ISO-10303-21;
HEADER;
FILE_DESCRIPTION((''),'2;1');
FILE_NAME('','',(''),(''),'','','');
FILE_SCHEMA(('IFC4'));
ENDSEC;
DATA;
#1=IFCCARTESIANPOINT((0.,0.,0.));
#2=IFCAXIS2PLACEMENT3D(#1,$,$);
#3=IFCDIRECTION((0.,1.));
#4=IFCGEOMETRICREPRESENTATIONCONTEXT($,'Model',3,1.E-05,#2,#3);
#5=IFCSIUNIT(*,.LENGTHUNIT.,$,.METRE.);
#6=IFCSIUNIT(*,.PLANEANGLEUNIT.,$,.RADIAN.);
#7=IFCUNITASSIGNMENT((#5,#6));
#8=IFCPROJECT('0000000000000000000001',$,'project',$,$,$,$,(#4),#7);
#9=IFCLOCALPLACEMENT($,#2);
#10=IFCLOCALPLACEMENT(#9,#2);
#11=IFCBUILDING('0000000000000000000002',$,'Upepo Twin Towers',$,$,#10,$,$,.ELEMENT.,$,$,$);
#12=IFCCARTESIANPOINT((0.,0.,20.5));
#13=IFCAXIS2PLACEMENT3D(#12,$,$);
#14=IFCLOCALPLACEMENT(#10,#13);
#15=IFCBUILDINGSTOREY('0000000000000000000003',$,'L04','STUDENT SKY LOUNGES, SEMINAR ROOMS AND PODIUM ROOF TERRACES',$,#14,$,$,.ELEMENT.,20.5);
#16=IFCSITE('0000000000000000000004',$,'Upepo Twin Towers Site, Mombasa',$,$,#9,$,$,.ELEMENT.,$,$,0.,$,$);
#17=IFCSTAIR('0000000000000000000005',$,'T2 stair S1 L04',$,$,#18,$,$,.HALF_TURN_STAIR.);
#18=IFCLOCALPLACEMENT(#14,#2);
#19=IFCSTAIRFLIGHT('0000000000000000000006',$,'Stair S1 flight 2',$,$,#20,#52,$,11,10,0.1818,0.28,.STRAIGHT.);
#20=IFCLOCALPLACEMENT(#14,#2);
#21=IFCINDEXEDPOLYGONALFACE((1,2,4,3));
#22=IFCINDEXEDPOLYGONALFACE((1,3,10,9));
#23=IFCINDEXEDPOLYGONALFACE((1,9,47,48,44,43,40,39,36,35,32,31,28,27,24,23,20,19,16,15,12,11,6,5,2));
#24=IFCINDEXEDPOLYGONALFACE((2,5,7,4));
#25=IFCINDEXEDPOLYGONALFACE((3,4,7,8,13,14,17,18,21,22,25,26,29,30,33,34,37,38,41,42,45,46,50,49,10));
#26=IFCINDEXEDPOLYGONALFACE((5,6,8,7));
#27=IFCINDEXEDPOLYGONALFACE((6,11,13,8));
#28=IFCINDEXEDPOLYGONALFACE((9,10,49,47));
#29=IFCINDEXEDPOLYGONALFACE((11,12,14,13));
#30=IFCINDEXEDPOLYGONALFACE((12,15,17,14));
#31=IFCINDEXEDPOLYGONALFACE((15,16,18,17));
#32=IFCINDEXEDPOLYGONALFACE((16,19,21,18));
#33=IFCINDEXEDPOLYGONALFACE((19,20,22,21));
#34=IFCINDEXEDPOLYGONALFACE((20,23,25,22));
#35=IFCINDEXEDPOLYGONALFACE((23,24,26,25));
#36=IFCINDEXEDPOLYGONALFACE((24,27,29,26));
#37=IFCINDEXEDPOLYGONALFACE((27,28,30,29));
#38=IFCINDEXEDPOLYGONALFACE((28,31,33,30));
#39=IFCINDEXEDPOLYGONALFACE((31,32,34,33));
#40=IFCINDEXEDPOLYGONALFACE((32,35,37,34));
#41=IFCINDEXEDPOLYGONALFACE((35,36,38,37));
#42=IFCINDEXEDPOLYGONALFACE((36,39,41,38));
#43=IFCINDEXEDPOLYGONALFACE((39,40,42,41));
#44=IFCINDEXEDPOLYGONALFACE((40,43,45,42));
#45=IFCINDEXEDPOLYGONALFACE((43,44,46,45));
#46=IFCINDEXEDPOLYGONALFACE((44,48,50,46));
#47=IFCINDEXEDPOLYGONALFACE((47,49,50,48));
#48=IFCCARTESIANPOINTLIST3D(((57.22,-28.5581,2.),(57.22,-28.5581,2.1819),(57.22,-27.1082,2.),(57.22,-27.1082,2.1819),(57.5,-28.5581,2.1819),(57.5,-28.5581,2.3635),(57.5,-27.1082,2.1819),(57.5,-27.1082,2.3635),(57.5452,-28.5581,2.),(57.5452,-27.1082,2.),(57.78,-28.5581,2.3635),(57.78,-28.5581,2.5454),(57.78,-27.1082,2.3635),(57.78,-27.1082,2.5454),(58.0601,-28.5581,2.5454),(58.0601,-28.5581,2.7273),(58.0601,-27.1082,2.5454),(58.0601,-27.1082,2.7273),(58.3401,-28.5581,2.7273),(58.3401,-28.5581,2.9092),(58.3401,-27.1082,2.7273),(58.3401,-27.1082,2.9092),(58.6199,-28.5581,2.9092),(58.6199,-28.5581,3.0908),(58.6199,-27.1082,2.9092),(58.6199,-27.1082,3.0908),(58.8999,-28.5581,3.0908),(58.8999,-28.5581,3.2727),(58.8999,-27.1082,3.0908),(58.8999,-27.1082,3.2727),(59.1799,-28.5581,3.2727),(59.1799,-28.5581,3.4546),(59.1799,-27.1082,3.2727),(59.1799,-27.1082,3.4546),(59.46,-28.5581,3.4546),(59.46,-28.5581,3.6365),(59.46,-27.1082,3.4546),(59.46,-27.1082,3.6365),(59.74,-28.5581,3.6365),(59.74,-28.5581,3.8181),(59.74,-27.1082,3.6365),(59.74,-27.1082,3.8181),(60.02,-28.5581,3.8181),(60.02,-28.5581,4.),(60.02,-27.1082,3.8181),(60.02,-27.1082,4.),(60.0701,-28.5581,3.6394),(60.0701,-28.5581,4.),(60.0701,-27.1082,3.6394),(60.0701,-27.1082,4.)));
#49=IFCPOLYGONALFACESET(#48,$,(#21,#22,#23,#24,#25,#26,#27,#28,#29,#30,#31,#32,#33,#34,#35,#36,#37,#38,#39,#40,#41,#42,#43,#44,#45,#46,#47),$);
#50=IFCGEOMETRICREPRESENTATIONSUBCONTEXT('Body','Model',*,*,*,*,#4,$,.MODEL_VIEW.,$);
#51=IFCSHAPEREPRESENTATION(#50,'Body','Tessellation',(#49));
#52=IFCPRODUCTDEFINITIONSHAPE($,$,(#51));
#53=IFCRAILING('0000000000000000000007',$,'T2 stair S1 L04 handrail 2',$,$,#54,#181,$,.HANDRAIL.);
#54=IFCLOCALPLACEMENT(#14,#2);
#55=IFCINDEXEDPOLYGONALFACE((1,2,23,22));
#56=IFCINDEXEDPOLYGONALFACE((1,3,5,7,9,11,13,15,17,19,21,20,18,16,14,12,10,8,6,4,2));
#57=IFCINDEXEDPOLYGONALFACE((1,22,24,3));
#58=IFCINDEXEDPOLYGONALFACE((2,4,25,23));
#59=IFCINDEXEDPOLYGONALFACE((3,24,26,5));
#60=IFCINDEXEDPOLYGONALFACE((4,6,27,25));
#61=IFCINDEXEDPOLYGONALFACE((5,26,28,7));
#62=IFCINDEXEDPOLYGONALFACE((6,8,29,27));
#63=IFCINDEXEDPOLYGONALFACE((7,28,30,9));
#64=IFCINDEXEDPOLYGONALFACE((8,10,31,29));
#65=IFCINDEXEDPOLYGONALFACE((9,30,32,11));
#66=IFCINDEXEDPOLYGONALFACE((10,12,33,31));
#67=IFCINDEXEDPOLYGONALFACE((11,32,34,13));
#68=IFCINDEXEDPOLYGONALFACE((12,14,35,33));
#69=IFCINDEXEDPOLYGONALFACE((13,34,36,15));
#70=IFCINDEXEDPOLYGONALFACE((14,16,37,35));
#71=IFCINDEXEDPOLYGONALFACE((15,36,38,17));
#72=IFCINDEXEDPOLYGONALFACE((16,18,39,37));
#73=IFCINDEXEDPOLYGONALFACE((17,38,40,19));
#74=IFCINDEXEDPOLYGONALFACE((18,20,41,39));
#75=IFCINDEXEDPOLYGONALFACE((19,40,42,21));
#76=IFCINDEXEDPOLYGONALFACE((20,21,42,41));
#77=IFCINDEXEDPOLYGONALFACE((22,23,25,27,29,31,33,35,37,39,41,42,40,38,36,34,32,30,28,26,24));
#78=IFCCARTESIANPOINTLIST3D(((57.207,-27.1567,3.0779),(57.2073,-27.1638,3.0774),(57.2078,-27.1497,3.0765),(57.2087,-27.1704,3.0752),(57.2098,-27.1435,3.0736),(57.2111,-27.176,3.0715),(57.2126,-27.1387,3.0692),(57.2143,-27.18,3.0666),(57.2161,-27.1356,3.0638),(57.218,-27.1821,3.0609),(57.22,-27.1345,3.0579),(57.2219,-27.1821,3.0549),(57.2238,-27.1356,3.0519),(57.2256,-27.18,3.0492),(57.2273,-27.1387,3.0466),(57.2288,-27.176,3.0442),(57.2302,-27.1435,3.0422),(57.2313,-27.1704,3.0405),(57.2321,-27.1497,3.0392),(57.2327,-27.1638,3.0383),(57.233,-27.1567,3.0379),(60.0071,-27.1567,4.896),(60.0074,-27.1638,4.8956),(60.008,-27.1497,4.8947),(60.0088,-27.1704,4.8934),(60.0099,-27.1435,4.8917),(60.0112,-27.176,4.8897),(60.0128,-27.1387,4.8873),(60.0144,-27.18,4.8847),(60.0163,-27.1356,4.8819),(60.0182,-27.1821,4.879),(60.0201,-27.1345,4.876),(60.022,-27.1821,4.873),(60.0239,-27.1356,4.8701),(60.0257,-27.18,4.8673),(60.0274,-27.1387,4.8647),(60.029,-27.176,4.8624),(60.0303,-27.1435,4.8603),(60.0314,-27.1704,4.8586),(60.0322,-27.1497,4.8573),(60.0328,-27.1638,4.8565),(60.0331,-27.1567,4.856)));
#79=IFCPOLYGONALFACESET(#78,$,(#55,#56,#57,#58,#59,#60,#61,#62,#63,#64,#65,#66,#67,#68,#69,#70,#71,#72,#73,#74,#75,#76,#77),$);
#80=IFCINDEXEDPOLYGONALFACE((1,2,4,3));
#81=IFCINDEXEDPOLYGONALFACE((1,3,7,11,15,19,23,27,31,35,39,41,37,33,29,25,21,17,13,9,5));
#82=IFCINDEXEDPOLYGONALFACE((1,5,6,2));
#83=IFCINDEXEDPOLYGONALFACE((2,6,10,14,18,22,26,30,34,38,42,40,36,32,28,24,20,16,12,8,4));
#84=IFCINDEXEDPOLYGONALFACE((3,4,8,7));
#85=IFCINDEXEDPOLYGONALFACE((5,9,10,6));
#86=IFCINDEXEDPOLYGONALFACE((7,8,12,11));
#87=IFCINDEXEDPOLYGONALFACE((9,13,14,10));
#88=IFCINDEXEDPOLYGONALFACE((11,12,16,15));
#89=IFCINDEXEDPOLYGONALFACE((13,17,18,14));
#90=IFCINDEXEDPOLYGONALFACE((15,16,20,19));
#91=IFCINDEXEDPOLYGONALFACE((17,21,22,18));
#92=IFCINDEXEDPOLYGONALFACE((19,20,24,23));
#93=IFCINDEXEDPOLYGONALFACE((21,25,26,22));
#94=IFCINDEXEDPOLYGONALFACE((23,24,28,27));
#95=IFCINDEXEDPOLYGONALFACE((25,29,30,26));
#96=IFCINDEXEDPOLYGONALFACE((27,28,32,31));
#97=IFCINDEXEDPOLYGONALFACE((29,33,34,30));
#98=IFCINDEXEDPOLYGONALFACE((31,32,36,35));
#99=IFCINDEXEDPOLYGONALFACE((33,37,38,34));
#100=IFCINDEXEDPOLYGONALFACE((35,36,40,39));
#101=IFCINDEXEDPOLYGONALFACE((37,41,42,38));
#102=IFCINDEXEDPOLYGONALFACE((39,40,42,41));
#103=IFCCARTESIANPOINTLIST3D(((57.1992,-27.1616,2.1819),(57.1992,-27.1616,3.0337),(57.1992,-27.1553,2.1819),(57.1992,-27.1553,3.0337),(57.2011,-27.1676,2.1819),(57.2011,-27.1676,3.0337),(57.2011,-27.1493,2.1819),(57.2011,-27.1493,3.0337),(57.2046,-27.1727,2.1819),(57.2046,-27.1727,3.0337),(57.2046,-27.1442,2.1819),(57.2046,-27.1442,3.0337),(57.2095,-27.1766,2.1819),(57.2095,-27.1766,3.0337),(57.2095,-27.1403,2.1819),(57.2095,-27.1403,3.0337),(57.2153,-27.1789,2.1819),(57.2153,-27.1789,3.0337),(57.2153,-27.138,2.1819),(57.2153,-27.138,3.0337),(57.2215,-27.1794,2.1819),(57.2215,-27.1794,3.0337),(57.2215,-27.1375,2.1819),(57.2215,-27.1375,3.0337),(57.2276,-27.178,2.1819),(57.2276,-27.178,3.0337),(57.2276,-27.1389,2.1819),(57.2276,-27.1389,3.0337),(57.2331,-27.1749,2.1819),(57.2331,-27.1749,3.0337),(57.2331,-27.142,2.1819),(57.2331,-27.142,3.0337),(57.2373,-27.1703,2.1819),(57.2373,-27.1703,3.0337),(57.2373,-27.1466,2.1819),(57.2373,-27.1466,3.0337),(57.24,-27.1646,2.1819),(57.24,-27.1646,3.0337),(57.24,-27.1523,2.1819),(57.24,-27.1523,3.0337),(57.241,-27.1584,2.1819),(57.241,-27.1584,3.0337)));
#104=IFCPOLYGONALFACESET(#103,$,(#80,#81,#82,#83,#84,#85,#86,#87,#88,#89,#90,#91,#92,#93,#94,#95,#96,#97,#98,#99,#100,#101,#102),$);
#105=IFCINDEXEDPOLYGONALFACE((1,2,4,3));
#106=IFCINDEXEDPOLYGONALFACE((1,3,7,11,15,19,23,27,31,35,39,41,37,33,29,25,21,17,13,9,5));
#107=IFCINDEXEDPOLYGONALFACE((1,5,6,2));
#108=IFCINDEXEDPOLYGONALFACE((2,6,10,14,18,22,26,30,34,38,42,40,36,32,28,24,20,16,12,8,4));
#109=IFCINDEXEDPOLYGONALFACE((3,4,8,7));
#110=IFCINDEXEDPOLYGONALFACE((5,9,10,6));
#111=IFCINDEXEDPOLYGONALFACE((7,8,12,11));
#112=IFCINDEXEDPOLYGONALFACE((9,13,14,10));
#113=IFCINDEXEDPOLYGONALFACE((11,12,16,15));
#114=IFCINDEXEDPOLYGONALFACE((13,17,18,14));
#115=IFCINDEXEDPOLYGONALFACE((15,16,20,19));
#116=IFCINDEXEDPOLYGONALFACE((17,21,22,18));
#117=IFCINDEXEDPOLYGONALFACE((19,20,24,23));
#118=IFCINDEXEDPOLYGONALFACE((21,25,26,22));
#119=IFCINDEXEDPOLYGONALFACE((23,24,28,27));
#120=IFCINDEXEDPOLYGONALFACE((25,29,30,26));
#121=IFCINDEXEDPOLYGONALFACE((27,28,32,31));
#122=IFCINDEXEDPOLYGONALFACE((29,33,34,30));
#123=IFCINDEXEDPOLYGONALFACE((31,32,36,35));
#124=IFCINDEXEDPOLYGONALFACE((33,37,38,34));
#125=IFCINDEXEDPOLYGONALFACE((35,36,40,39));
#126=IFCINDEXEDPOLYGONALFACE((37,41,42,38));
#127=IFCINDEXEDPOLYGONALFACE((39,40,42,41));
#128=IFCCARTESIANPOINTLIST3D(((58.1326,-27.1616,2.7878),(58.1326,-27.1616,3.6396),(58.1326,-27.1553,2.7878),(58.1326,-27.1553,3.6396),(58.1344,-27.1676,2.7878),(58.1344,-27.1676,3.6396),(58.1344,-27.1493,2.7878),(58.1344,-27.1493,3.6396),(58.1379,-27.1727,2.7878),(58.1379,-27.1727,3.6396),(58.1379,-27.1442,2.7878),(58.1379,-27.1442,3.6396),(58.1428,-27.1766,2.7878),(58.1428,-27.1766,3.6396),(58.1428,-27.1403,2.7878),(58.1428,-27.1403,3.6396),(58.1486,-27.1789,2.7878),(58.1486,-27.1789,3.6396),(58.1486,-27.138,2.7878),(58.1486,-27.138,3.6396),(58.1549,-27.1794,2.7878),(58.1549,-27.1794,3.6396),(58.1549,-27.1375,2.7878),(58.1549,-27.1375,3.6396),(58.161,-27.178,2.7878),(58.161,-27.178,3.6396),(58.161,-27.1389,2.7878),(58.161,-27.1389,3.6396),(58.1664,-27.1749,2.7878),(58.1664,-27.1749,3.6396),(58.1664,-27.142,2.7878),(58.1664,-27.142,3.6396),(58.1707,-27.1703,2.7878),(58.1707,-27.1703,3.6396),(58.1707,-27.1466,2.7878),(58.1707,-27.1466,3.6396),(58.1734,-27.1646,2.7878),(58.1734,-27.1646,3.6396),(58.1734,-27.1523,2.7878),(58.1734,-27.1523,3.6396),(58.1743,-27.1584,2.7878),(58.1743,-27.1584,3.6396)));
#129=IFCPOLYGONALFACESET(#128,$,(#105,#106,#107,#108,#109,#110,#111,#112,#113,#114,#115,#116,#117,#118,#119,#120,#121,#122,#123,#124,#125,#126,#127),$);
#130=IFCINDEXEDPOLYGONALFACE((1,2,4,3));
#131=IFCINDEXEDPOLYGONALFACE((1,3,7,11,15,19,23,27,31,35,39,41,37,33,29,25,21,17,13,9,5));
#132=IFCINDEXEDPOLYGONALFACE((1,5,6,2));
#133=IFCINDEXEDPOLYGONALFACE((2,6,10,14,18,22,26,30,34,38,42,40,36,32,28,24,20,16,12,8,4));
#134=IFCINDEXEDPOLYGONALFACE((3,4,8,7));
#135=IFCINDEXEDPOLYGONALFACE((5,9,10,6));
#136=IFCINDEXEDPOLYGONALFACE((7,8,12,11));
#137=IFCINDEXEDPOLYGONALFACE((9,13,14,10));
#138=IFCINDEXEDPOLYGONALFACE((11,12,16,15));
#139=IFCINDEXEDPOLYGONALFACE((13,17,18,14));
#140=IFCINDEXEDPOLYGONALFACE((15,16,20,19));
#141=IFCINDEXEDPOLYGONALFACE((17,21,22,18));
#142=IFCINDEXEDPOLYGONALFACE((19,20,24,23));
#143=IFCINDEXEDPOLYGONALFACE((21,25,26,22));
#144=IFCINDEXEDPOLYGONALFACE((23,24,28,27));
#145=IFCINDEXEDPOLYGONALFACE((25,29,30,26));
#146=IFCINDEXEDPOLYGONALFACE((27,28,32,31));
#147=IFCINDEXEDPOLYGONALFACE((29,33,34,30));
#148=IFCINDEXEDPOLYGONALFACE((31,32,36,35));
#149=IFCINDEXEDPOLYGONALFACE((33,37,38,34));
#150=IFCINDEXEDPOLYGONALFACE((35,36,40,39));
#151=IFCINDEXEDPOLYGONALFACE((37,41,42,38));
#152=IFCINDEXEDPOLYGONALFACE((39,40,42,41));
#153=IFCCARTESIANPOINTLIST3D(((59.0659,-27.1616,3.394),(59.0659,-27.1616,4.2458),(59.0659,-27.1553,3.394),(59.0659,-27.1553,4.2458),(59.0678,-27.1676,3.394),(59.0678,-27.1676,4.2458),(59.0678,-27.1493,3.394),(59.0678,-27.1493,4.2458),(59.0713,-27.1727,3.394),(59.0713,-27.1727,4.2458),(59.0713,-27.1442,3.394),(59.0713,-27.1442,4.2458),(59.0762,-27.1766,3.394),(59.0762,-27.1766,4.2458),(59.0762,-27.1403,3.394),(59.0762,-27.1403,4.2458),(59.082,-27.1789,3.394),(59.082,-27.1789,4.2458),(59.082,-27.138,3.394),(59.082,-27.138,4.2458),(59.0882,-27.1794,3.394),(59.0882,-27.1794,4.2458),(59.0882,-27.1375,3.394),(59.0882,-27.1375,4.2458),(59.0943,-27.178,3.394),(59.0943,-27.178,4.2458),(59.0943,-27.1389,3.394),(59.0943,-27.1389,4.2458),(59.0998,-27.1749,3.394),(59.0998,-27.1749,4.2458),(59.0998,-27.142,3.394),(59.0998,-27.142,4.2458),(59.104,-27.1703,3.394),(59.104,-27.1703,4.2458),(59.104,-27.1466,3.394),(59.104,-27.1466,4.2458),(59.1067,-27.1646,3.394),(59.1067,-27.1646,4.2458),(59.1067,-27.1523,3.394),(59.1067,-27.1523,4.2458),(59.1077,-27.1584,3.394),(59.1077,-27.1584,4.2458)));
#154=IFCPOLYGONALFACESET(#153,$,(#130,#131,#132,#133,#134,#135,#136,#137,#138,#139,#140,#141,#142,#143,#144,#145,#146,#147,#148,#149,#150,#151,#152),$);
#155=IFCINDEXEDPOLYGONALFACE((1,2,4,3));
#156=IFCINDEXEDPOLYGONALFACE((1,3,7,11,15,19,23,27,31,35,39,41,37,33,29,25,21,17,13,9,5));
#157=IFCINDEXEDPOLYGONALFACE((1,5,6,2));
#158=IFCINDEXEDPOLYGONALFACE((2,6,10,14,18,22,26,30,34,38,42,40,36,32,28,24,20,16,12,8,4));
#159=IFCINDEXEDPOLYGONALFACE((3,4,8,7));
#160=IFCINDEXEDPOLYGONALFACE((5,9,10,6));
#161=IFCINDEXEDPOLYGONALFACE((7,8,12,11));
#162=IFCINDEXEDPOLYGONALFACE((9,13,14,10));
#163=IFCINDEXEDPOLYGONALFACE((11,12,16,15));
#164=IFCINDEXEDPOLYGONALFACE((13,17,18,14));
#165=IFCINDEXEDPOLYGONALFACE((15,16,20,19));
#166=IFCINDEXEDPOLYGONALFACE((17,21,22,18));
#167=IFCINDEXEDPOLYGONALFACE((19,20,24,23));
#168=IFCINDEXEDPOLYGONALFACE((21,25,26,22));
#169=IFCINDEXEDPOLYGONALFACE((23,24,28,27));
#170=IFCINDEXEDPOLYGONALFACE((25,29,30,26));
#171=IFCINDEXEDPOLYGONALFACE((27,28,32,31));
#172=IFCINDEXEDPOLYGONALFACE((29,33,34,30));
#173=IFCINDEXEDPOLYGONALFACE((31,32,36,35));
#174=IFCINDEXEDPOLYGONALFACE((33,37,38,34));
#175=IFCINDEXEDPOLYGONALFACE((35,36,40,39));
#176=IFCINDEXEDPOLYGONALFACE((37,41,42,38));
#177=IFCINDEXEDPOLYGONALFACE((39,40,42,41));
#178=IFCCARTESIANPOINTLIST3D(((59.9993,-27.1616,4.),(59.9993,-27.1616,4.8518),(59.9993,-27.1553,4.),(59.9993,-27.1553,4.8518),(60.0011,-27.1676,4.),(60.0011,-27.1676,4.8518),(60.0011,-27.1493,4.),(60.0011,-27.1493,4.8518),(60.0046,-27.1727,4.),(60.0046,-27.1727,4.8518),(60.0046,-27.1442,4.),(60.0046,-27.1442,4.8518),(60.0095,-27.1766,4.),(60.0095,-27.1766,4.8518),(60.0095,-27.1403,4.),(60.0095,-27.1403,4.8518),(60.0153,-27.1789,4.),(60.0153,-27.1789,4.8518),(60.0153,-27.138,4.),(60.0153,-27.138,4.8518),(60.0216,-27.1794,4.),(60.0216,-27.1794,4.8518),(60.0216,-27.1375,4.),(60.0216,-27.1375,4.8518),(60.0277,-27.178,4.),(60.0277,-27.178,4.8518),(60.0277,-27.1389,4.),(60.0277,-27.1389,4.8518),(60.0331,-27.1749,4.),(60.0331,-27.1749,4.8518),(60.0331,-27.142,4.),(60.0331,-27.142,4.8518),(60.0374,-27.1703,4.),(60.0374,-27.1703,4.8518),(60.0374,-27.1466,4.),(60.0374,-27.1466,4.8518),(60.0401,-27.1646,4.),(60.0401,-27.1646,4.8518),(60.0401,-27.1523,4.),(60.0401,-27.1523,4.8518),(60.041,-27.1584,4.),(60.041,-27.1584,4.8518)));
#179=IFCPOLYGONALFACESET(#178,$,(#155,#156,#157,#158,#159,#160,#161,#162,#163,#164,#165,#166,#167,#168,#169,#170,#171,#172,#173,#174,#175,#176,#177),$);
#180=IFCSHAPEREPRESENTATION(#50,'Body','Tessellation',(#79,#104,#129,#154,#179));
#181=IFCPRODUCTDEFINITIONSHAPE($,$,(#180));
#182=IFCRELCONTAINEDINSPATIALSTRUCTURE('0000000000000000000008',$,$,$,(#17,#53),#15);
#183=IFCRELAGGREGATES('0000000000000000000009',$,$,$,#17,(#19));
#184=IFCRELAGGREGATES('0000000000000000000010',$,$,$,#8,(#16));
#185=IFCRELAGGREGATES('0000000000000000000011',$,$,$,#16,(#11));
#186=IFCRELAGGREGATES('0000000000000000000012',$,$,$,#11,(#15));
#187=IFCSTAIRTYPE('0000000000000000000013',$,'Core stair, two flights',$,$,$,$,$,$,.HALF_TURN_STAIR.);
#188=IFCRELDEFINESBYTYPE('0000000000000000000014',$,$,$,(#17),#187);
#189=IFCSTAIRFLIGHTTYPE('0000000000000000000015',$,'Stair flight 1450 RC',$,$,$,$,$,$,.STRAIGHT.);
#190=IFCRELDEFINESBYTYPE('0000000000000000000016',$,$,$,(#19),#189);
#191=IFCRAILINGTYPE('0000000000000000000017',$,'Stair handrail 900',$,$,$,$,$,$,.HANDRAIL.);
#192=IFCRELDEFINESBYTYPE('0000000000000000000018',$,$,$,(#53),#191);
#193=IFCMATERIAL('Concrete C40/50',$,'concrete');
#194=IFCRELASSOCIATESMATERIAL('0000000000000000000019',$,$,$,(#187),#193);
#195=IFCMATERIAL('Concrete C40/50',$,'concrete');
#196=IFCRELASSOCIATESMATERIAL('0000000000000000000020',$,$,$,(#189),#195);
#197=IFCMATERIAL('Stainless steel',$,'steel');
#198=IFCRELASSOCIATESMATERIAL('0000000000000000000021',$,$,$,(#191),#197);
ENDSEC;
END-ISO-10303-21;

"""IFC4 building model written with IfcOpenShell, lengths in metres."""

from ifc_helpers import new_model, si_unit, direction, frame, origin, origin_2d, place, context, subcontext, project, spatial, polyline, circle, outline, extrude, material, type_object, element, aggregate, save


model = new_model("IFC4")

# Units and contexts
model_context = context("Model", 3, precision=1e-05, world=origin(), true_north=direction((0.0, 1.0)))
body_context = subcontext(model_context, "Body", "Model", "MODEL_VIEW")
ifc_project = project(units=[si_unit("LENGTHUNIT", "METRE"), si_unit("PLANEANGLEUNIT", "RADIAN")], contexts=[model_context])

# Site, building, storey
site_placement = place(None, origin())
site = spatial("IfcSite", under=ifc_project, at=site_placement, Name="Upepo Twin Towers Site, Mombasa", CompositionType="ELEMENT", RefElevation=0.0)
building_placement = place(site_placement, origin())
building = spatial("IfcBuilding", under=site, at=building_placement, Name="Upepo Twin Towers", CompositionType="ELEMENT")
storey_placement = place(building_placement, frame((0.0, 0.0, 20.5)))
storey = spatial("IfcBuildingStorey", under=building, at=storey_placement, Name="L04", Description="STUDENT SKY LOUNGES, SEMINAR ROOMS AND PODIUM ROOF TERRACES", CompositionType="ELEMENT", Elevation=20.5)

# Stair, stair flight
ifc_material_1 = material(Name="Concrete C40/50", Category="concrete")
stair_type = type_object("IfcStairType", Name="Core stair, two flights", PredefinedType="HALF_TURN_STAIR", material=ifc_material_1)
stair_placement = place(storey_placement, origin())
stair = element("IfcStair", 1, at=stair_placement, inside=storey, type_object=stair_type, Name="T2 stair S1 L04", PredefinedType="HALF_TURN_STAIR")
ifc_material_2 = material(Name="Concrete C40/50", Category="concrete")
stair_flight_type = type_object("IfcStairFlightType", Name="Stair flight 1450 RC", PredefinedType="STRAIGHT", material=ifc_material_2)
stair_flight_placement = place(storey_placement, frame((57.22, -27.8333, 2.0), z_axis=(0.0, 0.0, 1.0), x_axis=(1.0, 0.0, 0.0)))
stair_flight = element("IfcStairFlight", 2, at=stair_flight_placement, type_object=stair_flight_type, Name="Stair S1 flight 2", NumberOfRisers=11, NumberOfTreads=10, PredefinedType="STRAIGHT", RiserHeight=0.1818, TreadLength=0.28, context=body_context, shape_type="SweptSolid", body=[
    extrude(outline(polyline([(0.0, 0.0), (0.0, 0.1819), (0.28, 0.1819), (0.28, 0.3635), (0.5601, 0.3635), (0.5601, 0.5454), (0.8401, 0.5454), (0.8401, 0.7273), (1.1201, 0.7273), (1.1201, 0.9092), (1.3999, 0.9092), (1.3999, 1.0908), (1.6799, 1.0908), (1.6799, 1.2727), (1.96, 1.2727), (1.96, 1.4546), (2.24, 1.4546), (2.24, 1.6365), (2.52, 1.6365), (2.52, 1.8181), (2.8, 1.8181), (2.8, 2.0), (2.8501, 2.0), (2.8501, 1.6394), (0.3252, 0.0), (0.0, 0.0)])), frame((0.0, 0.7251, 0.0), z_axis=(0.0, -1.0, 0.0), x_axis=(1.0, 0.0, 0.0)), (0.0, 0.0, 1.0), 1.45),
])
aggregate(stair, [stair_flight])

# Railing
ifc_material_3 = material(Name="Stainless steel", Category="steel")
railing_type = type_object("IfcRailingType", Name="Stair handrail 900", PredefinedType="HANDRAIL", material=ifc_material_3)
railing_placement = place(storey_placement, frame((57.22, -27.1584, 2.1819)))
element("IfcRailing", 3, at=railing_placement, inside=storey, type_object=railing_type, Name="T2 stair S1 L04 handrail 2", PredefinedType="HANDRAIL", context=body_context, shape_type="SweptSolid", body=[
    extrude(circle(Radius=0.0239, at=origin_2d()), frame((0.0, 0.0, 0.876), z_axis=(0.838706, 0.0, 0.544585), x_axis=(0.0, 1.0, 0.0)), (0.0, 0.0, 1.0), 3.3386),
    extrude(circle(Radius=0.021, at=origin_2d()), origin(), (0.0, 0.0, 1.0), 0.8518),
    extrude(circle(Radius=0.021, at=origin_2d()), frame((0.9333, 0.0, 0.606)), (0.0, 0.0, 1.0), 0.8518),
    extrude(circle(Radius=0.021, at=origin_2d()), frame((1.8667, 0.0, 1.2122)), (0.0, 0.0, 1.0), 0.8518),
    extrude(circle(Radius=0.021, at=origin_2d()), frame((2.8, 0.0, 1.8181)), (0.0, 0.0, 1.0), 0.8518),
])

save(model, "model.ifc")
